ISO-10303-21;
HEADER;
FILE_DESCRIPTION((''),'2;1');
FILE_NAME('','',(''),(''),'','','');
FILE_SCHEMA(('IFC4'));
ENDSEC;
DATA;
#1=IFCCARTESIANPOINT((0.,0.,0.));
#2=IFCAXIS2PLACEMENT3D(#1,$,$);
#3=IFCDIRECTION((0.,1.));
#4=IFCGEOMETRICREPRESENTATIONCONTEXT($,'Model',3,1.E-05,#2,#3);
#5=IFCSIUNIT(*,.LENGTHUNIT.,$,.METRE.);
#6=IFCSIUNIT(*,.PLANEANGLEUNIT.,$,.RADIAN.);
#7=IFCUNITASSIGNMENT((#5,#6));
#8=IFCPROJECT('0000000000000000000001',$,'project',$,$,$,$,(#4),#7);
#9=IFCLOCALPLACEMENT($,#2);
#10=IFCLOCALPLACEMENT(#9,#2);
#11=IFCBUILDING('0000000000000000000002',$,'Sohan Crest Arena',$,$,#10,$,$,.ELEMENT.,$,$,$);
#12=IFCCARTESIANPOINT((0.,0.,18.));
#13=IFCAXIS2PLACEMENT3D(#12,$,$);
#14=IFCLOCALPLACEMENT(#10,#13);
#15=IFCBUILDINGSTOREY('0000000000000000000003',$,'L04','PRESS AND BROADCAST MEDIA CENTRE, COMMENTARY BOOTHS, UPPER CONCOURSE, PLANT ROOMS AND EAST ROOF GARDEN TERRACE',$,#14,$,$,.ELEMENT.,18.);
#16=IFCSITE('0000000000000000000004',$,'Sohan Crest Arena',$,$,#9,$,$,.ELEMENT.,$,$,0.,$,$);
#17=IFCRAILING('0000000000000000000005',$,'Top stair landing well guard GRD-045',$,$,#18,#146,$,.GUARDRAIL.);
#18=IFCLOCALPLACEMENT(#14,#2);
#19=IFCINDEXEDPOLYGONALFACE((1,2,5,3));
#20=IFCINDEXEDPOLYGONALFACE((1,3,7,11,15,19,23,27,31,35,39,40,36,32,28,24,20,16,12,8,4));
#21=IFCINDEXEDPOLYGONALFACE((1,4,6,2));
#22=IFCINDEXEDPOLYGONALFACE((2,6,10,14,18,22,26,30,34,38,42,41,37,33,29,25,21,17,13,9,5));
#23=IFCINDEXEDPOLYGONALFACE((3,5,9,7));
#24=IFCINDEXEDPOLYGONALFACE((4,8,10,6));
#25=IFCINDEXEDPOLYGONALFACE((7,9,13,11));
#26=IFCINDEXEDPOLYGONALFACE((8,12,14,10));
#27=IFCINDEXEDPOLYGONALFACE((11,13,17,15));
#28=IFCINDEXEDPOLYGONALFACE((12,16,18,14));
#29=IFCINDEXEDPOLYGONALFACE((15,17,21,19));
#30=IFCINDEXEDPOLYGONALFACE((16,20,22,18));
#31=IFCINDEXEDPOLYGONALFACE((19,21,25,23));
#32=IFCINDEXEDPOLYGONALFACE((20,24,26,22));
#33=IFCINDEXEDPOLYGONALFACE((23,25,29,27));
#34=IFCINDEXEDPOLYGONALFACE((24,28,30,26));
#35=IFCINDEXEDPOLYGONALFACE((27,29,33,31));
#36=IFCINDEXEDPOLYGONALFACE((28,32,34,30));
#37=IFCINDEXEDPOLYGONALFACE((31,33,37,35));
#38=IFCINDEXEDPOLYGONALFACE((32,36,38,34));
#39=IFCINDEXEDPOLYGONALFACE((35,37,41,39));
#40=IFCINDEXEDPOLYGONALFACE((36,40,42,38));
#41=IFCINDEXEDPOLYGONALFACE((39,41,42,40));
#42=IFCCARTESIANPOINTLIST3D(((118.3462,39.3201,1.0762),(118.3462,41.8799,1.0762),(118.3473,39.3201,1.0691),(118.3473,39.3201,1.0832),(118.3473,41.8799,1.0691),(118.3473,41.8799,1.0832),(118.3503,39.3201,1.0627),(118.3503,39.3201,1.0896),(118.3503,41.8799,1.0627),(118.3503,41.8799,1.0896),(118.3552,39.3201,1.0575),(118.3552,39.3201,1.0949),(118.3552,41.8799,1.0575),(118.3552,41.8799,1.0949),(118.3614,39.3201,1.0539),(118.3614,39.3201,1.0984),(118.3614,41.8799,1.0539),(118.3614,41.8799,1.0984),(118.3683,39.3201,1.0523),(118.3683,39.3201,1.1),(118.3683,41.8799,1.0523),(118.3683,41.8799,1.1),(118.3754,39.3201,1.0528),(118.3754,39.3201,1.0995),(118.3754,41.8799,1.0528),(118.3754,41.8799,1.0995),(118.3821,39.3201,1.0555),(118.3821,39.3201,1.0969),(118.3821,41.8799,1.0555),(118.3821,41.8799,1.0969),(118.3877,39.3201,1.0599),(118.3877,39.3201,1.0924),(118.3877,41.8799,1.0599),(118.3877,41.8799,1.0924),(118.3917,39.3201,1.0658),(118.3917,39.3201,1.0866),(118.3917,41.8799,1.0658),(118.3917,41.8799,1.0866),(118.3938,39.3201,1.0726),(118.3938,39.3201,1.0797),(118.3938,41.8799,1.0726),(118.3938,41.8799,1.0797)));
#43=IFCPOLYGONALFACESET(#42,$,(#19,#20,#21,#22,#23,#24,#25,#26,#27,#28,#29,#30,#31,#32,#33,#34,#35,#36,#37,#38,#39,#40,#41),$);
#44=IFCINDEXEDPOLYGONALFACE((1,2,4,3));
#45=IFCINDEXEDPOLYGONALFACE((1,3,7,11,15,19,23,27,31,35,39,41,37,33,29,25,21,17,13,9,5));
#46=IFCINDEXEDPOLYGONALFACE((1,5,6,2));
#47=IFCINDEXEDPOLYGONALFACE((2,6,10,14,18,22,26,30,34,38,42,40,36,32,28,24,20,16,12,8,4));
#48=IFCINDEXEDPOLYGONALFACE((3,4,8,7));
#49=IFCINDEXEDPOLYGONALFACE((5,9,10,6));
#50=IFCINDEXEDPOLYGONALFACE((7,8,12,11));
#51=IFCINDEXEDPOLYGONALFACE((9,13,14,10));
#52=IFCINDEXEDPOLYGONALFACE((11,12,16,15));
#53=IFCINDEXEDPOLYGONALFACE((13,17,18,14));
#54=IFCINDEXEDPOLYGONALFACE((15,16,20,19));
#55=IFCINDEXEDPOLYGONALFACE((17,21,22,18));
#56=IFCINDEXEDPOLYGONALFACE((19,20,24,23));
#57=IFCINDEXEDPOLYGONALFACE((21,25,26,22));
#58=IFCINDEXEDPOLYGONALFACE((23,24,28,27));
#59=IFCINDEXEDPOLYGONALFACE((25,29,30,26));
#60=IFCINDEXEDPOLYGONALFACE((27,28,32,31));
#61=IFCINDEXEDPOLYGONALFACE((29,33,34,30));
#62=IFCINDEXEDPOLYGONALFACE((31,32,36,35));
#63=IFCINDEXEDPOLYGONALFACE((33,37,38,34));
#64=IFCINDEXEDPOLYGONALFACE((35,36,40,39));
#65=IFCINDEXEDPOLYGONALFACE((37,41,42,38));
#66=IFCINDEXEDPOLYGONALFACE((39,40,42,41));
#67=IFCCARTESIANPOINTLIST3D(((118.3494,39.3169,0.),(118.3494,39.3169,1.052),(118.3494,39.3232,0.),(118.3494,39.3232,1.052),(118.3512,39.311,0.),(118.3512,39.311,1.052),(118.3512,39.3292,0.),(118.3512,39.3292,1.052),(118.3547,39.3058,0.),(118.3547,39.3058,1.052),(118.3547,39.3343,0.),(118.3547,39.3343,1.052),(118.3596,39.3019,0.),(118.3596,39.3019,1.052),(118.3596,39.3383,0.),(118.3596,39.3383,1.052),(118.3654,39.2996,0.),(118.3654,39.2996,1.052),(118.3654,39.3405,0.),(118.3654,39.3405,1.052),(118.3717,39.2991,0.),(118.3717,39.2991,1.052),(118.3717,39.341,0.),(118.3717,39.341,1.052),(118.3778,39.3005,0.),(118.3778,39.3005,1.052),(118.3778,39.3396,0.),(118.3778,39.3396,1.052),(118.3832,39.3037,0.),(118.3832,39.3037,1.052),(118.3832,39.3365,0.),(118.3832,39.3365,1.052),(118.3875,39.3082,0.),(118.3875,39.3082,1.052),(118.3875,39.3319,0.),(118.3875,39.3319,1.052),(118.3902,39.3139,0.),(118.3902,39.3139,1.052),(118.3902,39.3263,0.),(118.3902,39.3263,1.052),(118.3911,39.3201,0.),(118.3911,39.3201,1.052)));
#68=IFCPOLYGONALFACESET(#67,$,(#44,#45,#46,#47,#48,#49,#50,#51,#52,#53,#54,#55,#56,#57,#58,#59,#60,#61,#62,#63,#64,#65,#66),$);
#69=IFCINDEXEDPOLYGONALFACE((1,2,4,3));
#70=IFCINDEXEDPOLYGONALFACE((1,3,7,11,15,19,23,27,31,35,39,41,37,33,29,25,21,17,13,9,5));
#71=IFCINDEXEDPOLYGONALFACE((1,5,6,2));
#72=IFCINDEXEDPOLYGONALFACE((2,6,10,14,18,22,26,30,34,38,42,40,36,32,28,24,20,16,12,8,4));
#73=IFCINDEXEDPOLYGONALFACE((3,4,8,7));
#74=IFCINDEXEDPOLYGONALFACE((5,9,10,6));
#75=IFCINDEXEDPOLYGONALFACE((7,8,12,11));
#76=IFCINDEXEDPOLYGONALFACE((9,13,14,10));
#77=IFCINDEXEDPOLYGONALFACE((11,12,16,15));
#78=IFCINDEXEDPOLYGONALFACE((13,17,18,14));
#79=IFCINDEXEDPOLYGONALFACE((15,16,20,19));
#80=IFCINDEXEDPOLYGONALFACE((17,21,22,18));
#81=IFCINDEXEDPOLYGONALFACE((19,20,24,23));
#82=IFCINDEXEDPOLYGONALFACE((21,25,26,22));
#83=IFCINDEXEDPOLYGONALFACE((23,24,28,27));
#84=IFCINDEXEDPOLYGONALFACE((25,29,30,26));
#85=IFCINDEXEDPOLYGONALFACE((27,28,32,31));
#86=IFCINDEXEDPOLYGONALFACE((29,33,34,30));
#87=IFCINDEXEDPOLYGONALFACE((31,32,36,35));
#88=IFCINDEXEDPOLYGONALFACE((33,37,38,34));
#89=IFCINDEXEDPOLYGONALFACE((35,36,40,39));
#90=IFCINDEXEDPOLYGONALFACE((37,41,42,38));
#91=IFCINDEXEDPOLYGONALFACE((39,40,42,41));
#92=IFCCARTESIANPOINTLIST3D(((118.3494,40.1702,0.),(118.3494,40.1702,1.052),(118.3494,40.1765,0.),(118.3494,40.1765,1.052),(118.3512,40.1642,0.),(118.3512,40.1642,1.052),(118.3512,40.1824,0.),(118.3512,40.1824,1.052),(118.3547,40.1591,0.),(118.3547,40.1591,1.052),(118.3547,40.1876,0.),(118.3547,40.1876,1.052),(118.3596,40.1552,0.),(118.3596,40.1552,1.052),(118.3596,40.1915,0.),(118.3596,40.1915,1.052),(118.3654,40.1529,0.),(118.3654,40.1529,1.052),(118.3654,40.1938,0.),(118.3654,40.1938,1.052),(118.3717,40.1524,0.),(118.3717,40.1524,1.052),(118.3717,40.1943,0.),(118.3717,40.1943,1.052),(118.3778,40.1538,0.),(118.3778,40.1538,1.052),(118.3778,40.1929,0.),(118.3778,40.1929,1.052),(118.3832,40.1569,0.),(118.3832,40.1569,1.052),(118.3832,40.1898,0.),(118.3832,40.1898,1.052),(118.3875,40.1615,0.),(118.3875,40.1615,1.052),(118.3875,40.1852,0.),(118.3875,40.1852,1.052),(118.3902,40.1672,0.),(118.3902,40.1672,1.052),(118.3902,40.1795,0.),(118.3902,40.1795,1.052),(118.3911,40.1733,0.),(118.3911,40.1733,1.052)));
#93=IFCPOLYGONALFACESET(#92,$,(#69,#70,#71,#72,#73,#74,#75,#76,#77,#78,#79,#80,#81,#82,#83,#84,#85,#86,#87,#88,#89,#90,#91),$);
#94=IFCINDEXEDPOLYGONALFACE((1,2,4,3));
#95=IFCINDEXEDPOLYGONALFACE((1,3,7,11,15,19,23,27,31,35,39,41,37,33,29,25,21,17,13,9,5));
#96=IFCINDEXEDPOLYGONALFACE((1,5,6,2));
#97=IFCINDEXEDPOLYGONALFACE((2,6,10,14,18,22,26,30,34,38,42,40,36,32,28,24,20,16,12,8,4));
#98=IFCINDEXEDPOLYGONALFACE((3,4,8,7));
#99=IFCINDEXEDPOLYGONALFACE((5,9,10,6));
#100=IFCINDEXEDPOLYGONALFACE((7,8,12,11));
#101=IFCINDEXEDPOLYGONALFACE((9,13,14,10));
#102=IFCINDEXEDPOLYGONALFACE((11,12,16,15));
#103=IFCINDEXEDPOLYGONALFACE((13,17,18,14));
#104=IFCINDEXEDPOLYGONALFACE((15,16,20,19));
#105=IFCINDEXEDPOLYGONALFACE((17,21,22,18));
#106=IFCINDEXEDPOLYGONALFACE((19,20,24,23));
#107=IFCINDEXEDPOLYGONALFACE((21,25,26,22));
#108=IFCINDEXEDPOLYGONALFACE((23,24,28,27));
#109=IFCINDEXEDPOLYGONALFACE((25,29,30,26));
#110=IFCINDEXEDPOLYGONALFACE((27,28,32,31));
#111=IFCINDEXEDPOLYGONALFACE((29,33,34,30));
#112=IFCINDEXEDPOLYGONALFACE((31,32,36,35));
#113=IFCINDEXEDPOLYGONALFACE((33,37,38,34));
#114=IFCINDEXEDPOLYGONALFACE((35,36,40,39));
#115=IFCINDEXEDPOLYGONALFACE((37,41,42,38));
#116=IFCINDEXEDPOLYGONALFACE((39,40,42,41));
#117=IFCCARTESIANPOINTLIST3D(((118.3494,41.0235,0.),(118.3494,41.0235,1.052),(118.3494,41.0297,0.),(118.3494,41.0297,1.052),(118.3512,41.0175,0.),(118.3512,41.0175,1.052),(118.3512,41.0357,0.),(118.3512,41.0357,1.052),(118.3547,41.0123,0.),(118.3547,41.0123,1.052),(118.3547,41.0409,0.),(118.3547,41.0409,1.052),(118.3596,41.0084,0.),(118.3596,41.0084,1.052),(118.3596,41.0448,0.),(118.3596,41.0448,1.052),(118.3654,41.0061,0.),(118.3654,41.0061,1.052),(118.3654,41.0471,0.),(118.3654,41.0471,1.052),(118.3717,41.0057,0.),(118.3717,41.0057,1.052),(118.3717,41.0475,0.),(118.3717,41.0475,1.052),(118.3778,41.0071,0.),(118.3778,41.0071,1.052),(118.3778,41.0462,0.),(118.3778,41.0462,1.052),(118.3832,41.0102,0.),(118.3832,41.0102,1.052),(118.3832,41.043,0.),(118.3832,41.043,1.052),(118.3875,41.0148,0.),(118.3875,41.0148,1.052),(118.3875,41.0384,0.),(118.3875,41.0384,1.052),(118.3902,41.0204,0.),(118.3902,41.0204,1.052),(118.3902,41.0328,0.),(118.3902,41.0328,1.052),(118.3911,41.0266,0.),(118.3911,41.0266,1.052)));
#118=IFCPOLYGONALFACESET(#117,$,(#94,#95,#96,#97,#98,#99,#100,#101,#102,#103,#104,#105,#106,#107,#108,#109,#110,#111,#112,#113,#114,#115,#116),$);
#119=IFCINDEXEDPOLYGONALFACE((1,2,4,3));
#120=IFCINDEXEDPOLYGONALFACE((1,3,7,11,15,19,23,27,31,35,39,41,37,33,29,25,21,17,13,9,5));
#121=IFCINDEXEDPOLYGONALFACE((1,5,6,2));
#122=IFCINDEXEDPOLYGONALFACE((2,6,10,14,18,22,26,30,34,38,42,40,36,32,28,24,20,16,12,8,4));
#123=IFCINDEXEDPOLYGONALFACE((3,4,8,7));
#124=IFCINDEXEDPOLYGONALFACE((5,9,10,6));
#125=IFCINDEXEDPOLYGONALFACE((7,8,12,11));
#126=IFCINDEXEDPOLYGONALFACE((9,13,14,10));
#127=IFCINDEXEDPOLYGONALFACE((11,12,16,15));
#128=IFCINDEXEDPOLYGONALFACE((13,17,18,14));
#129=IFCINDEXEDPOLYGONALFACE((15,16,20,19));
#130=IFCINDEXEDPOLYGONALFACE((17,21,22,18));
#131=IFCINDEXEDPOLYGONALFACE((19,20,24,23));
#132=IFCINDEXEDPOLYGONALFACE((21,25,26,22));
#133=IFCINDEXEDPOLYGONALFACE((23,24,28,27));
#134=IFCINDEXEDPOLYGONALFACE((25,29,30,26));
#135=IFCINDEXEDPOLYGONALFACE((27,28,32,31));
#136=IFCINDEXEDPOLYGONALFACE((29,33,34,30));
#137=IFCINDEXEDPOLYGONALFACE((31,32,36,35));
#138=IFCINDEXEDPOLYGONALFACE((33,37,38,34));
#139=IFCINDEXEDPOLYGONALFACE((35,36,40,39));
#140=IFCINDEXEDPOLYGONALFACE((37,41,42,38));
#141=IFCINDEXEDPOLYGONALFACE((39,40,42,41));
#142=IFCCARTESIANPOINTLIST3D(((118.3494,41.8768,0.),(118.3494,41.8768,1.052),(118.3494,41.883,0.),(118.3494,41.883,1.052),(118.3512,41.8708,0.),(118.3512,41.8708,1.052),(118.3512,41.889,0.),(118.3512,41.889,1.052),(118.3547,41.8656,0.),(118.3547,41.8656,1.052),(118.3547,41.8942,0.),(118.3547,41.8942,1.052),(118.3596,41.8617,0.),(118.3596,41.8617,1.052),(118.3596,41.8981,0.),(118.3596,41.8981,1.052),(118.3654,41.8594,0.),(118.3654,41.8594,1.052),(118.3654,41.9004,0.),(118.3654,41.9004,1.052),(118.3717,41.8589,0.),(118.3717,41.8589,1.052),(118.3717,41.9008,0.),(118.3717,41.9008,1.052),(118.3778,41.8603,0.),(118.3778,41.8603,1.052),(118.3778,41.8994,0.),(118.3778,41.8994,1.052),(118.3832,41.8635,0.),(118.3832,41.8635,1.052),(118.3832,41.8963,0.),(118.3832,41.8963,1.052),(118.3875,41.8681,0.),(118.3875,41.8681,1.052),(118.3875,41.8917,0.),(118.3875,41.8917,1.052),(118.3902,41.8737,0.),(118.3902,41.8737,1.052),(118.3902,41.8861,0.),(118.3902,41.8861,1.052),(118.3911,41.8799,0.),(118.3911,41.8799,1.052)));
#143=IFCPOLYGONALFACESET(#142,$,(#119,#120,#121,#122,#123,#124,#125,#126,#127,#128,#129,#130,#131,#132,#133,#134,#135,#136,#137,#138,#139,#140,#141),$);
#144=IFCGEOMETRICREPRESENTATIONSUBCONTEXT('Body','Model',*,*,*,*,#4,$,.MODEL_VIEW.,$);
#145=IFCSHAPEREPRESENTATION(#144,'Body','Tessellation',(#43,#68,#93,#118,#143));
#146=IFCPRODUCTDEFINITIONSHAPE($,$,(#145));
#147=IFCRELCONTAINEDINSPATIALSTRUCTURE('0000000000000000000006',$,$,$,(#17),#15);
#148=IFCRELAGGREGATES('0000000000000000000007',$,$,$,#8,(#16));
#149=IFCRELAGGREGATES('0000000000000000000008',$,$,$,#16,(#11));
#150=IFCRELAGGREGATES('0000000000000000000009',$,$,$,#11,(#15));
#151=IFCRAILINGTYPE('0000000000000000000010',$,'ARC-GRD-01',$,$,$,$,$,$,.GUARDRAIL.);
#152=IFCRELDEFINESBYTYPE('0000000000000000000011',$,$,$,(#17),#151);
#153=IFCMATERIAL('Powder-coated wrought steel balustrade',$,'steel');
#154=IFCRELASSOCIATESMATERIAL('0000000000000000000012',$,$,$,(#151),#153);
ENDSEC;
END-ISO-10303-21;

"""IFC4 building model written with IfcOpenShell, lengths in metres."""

from ifc_helpers import new_model, si_unit, direction, frame, origin, origin_2d, place, context, subcontext, project, spatial, circle, extrude, material, type_object, element, save


model = new_model("IFC4")

# Units and contexts
model_context = context("Model", 3, precision=1e-05, world=origin(), true_north=direction((0.0, 1.0)))
body_context = subcontext(model_context, "Body", "Model", "MODEL_VIEW")
ifc_project = project(units=[si_unit("LENGTHUNIT", "METRE"), si_unit("PLANEANGLEUNIT", "RADIAN")], contexts=[model_context])

# Site, building, storey
site_placement = place(None, origin())
site = spatial("IfcSite", under=ifc_project, at=site_placement, Name="Sohan Crest Arena", CompositionType="ELEMENT", RefElevation=0.0)
building_placement = place(site_placement, origin())
building = spatial("IfcBuilding", under=site, at=building_placement, Name="Sohan Crest Arena", CompositionType="ELEMENT")
storey_placement = place(building_placement, frame((0.0, 0.0, 18.0)))
storey = spatial("IfcBuildingStorey", under=building, at=storey_placement, Name="L04", Description="PRESS AND BROADCAST MEDIA CENTRE, COMMENTARY BOOTHS, UPPER CONCOURSE, PLANT ROOMS AND EAST ROOF GARDEN TERRACE", CompositionType="ELEMENT", Elevation=18.0)

# Railing
ifc_material_1 = material(Name="Powder-coated wrought steel balustrade", Category="steel")
railing_type_1 = type_object("IfcRailingType", Name="ARC-GRD-01", PredefinedType="GUARDRAIL", material=ifc_material_1)
railing_1_placement = place(storey_placement, frame((118.3701, 39.3201, 0.0)))
element("IfcRailing", 1, at=railing_1_placement, inside=storey, type_object=railing_type_1, Name="Top stair landing well guard GRD-045", PredefinedType="GUARDRAIL", context=body_context, shape_type="SweptSolid", body=[
    extrude(circle(Radius=0.0239, at=origin_2d()), frame((0.0, 0.0, 1.0762), z_axis=(0.0, 1.0, 0.0), x_axis=(-1.0, 0.0, 0.0)), (0.0, 0.0, 1.0), 2.5598),
    extrude(circle(Radius=0.021, at=origin_2d()), origin(), (0.0, 0.0, 1.0), 1.052),
    extrude(circle(Radius=0.021, at=origin_2d()), frame((0.0, 0.8533, 0.0)), (0.0, 0.0, 1.0), 1.052),
    extrude(circle(Radius=0.021, at=origin_2d()), frame((0.0, 1.7065, 0.0)), (0.0, 0.0, 1.0), 1.052),
    extrude(circle(Radius=0.021, at=origin_2d()), frame((0.0, 2.5598, 0.0)), (0.0, 0.0, 1.0), 1.052),
])

save(model, "model.ifc")
